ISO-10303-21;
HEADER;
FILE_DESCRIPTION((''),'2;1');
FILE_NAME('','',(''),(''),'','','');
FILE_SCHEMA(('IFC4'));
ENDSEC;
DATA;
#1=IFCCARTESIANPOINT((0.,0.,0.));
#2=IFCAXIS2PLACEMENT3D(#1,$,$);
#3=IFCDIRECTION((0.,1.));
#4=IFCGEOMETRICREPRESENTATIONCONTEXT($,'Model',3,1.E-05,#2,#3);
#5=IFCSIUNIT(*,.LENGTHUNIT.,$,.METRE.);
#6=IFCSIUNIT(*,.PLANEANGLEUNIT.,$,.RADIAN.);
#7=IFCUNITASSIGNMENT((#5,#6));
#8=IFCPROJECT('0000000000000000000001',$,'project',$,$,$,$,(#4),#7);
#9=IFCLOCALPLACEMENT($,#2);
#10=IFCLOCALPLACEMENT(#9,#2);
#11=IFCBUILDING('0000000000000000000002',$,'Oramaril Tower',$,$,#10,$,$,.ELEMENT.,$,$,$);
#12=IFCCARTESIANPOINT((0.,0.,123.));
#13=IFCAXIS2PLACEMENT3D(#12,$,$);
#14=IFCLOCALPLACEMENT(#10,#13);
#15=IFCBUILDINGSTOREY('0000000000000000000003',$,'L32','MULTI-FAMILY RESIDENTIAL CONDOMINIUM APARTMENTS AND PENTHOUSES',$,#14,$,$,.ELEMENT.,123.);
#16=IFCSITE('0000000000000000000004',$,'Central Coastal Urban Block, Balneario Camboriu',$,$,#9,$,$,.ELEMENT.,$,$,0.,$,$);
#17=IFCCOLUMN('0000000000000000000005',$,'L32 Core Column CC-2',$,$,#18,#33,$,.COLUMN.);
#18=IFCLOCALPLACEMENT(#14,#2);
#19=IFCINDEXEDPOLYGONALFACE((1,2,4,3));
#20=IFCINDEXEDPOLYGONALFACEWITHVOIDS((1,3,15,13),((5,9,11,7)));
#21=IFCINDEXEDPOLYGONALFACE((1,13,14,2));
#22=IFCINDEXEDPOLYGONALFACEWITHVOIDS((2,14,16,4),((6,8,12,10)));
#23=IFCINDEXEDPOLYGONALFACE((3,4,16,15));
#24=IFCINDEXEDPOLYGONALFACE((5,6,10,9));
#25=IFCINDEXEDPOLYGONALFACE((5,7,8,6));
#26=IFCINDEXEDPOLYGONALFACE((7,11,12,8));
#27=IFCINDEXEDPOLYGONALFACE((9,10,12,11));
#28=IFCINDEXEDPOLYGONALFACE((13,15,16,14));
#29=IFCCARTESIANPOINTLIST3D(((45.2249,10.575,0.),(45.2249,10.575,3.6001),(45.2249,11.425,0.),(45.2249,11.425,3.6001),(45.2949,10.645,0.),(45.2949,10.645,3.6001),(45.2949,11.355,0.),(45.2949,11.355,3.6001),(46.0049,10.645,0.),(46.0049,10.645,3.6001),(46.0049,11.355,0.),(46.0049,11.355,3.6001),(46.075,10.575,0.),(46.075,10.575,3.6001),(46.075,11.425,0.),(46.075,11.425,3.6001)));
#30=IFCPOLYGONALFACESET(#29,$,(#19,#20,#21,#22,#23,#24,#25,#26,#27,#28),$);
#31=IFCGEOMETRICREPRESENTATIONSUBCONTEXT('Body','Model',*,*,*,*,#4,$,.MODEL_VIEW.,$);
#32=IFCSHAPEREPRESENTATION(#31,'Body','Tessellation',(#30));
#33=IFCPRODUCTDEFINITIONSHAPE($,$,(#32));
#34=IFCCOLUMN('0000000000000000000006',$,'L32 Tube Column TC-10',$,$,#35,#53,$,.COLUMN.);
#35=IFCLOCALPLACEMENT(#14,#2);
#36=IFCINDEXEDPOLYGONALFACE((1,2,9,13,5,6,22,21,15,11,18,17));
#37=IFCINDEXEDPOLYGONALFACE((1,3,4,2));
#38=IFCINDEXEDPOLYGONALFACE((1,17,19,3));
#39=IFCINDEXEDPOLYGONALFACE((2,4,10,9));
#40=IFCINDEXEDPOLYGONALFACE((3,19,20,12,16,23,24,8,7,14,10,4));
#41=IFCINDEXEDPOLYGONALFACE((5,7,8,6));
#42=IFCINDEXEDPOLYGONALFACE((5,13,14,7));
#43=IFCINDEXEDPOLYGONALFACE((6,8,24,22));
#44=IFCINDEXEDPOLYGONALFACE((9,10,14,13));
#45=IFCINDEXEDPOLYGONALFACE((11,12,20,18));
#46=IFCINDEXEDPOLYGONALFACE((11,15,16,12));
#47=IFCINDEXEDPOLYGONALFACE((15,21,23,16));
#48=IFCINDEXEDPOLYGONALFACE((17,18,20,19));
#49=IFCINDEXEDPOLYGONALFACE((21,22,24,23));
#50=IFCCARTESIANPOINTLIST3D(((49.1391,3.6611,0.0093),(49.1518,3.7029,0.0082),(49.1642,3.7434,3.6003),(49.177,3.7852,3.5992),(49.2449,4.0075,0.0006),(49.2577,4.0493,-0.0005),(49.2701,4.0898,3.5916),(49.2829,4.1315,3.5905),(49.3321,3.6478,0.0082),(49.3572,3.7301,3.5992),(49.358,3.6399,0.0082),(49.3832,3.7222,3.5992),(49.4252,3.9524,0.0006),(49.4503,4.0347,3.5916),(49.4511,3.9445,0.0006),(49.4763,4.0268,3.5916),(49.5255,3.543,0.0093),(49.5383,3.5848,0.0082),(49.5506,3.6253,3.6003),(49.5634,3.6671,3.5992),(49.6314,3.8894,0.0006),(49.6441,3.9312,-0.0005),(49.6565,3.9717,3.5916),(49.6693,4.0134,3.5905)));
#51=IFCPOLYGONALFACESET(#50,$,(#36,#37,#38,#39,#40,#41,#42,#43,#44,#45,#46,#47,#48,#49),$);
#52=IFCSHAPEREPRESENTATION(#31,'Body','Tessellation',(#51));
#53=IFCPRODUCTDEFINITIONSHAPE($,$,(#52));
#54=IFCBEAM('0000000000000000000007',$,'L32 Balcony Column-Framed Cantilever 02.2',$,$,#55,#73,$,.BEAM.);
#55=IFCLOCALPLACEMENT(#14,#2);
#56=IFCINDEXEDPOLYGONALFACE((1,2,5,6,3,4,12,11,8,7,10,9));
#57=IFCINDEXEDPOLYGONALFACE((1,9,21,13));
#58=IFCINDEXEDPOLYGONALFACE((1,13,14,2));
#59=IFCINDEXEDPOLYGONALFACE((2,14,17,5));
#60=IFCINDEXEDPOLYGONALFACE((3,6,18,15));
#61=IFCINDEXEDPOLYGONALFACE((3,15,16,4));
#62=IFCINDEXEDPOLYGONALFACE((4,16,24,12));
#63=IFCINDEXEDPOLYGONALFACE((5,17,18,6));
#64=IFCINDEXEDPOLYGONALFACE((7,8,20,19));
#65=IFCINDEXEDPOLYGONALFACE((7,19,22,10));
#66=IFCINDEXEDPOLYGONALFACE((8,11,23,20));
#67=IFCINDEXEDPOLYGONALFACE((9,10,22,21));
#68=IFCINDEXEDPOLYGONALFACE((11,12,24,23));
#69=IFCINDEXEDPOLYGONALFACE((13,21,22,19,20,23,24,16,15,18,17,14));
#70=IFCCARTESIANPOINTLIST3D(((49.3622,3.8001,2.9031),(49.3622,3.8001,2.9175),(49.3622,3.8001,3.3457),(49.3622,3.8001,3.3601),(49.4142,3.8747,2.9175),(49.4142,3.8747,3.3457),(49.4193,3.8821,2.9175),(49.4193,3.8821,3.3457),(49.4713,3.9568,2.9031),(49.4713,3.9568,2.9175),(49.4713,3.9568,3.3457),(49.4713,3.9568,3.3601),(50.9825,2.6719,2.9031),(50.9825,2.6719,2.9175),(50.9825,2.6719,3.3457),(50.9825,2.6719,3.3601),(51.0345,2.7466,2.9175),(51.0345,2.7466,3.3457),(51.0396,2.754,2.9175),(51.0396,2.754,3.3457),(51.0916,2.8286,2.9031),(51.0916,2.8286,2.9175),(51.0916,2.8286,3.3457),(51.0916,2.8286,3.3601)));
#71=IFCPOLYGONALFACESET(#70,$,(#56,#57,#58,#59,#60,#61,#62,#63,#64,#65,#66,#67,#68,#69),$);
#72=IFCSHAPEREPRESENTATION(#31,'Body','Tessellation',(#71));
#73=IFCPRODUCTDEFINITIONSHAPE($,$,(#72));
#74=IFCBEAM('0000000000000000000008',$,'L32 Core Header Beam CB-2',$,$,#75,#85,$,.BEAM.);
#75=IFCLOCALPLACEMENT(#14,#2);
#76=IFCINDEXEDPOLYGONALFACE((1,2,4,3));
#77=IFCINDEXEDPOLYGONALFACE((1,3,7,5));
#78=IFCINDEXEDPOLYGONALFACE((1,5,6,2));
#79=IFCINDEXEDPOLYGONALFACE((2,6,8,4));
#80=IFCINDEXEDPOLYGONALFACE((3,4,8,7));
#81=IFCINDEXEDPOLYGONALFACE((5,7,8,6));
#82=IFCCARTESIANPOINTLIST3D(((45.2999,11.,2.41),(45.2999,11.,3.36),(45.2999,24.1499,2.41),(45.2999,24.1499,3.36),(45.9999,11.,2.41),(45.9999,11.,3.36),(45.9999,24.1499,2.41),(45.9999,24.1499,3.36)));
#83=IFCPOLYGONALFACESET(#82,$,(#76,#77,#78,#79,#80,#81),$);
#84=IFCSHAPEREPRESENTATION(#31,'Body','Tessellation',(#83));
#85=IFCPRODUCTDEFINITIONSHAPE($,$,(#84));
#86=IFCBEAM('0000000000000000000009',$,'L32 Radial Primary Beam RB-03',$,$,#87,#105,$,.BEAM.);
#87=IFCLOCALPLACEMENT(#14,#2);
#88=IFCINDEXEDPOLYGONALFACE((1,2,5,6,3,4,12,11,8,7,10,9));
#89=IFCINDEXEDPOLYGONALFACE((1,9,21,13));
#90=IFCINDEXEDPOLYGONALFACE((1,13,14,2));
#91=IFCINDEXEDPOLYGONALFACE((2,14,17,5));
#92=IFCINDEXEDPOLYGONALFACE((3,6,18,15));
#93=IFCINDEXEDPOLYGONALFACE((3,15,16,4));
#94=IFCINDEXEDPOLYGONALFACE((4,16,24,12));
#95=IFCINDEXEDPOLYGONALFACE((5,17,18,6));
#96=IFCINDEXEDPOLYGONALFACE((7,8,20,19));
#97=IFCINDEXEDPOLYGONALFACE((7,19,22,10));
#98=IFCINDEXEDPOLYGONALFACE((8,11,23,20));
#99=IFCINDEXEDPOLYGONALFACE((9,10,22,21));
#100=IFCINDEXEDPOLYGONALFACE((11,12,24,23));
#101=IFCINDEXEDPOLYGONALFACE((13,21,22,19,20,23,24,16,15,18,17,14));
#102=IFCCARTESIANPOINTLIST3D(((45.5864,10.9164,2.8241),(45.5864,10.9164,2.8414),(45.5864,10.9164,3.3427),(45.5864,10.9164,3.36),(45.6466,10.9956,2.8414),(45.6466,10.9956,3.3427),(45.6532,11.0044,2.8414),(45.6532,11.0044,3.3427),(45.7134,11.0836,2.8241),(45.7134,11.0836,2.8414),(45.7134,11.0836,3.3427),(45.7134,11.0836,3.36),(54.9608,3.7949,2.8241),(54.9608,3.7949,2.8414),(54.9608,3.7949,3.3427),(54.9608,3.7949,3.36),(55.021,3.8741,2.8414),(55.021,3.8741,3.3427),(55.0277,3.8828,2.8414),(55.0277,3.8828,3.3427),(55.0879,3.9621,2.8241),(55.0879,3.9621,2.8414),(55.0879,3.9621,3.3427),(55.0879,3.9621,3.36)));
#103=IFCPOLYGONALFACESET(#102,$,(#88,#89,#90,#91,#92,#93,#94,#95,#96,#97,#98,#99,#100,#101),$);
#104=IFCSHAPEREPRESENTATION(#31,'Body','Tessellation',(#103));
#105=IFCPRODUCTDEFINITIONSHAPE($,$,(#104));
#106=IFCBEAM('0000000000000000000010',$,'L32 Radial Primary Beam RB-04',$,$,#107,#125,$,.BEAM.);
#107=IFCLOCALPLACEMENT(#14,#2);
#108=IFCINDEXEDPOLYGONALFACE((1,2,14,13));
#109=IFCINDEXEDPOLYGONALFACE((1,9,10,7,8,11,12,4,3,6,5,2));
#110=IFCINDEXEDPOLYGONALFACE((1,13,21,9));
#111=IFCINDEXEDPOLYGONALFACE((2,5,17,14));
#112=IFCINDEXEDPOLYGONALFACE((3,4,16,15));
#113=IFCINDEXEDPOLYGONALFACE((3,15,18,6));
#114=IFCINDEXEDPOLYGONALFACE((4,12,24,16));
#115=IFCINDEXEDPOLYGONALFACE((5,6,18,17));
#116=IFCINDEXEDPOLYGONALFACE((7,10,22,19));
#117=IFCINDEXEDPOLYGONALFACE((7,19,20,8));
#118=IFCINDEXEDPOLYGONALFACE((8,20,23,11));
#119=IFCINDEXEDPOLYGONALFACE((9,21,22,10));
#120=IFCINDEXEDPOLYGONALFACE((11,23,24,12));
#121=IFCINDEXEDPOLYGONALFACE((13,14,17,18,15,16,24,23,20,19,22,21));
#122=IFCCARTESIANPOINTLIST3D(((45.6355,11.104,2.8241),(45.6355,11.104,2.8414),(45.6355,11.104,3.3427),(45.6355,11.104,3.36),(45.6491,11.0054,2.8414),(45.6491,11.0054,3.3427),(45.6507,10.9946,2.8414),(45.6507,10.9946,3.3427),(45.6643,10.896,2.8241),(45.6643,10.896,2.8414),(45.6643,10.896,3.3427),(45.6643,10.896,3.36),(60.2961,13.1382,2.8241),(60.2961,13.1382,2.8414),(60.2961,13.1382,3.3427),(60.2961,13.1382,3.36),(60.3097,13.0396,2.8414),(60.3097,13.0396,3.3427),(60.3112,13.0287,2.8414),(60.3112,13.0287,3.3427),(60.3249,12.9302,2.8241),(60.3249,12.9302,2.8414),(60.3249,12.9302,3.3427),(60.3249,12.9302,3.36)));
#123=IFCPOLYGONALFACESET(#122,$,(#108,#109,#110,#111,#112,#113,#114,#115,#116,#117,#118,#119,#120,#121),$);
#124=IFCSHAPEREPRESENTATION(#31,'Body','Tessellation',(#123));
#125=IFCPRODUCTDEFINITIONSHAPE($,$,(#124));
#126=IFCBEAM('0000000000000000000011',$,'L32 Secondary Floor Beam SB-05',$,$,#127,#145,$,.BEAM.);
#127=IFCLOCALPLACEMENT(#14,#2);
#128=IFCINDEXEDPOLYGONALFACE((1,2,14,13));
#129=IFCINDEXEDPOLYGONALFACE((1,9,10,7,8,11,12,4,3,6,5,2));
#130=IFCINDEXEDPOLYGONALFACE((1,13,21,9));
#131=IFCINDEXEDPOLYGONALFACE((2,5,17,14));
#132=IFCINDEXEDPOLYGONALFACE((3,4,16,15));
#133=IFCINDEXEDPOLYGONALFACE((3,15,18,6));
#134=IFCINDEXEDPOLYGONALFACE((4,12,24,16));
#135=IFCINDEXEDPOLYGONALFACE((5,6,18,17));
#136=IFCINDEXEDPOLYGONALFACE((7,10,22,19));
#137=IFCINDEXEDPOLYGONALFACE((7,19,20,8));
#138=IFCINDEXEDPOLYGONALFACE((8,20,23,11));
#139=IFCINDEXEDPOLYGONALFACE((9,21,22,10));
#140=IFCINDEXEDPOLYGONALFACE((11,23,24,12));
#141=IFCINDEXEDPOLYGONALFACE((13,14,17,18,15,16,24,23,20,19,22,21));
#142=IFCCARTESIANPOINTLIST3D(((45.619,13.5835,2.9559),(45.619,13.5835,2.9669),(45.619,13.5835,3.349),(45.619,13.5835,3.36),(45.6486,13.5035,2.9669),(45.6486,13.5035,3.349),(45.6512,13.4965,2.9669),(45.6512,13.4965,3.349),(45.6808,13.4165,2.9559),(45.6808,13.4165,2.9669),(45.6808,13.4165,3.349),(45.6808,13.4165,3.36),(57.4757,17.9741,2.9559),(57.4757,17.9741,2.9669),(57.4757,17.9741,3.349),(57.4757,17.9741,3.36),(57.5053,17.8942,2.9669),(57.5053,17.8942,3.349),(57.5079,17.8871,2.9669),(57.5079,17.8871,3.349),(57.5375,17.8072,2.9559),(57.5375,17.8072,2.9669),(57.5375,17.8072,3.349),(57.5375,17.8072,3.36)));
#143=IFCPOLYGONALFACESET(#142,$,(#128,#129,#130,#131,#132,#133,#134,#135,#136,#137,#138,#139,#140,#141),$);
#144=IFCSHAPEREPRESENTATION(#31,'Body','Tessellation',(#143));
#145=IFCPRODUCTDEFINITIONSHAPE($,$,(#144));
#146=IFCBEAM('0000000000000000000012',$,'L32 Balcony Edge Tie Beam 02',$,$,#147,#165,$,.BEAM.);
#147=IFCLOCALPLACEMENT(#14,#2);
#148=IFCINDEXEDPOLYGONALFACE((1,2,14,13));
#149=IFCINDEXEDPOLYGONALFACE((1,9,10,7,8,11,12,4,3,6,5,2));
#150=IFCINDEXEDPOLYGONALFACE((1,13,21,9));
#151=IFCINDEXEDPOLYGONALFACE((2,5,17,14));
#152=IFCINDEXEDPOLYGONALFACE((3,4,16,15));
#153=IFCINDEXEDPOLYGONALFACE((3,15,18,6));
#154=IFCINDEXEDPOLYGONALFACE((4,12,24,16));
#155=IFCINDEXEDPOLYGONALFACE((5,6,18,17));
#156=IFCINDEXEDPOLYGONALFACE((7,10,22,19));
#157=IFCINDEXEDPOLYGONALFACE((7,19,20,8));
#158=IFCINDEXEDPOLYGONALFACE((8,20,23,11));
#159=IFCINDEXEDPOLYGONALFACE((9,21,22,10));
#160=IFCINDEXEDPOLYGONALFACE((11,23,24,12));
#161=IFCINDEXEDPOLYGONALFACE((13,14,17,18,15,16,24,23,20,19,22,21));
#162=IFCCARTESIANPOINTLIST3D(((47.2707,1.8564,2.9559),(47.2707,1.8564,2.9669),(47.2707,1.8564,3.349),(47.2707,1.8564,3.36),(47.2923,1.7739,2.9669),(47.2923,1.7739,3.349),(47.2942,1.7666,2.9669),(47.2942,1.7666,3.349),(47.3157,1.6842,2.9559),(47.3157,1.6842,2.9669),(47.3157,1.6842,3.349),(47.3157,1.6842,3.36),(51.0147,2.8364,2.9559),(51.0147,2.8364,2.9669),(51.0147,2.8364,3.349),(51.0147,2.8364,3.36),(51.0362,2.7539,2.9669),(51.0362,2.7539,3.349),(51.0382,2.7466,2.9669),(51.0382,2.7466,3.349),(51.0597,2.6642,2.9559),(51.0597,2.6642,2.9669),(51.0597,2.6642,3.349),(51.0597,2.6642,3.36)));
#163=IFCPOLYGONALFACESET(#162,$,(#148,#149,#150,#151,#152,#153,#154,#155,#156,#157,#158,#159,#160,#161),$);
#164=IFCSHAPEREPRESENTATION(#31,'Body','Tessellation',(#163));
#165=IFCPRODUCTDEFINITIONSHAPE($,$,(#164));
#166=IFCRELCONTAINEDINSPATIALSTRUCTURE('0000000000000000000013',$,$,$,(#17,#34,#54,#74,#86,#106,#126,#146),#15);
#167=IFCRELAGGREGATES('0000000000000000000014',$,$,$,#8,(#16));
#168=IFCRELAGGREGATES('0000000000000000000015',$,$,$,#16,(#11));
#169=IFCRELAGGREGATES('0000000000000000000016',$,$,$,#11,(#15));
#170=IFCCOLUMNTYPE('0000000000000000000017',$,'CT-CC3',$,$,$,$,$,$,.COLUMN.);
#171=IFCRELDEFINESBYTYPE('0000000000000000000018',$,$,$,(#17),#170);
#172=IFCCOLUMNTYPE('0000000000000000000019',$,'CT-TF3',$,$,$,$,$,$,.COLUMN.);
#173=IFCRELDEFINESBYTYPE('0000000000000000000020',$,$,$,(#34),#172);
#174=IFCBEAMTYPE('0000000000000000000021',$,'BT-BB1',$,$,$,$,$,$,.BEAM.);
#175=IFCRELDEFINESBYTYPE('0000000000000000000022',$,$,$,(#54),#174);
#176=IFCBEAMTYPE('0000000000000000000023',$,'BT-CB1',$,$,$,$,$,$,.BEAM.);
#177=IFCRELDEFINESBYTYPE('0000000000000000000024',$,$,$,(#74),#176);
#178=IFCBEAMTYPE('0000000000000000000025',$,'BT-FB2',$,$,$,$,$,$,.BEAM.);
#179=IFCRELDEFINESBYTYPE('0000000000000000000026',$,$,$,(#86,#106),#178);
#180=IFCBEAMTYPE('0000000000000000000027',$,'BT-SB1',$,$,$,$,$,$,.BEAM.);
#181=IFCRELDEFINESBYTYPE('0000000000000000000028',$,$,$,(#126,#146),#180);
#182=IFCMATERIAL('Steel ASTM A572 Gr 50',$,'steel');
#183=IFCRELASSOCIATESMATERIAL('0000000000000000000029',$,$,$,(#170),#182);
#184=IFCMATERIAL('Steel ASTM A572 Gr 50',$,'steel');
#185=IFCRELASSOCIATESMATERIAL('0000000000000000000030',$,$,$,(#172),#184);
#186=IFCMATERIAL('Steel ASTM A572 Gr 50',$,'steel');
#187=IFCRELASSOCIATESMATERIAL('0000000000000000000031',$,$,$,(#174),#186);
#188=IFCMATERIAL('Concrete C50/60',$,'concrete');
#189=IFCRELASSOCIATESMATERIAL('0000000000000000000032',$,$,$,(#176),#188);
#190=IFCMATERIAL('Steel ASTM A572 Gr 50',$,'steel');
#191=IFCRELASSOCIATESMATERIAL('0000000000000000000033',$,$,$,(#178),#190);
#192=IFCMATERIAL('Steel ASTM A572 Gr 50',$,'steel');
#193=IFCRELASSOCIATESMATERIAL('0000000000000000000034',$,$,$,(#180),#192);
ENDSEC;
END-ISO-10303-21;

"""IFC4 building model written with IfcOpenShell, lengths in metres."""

from ifc_helpers import new_model, si_unit, direction, frame, origin, origin_2d, place, context, subcontext, project, spatial, rectangle, hollow_rectangle, i_section, extrude, material, material_profile, profile_set, type_object, element, save


model = new_model("IFC4")

# Units and contexts
model_context = context("Model", 3, precision=1e-05, world=origin(), true_north=direction((0.0, 1.0)))
body_context = subcontext(model_context, "Body", "Model", "MODEL_VIEW")
ifc_project = project(units=[si_unit("LENGTHUNIT", "METRE"), si_unit("PLANEANGLEUNIT", "RADIAN")], contexts=[model_context])

# Site, building, storey
site_placement = place(None, origin())
site = spatial("IfcSite", under=ifc_project, at=site_placement, Name="Central Coastal Urban Block, Balneario Camboriu", CompositionType="ELEMENT", RefElevation=0.0)
building_placement = place(site_placement, origin())
building = spatial("IfcBuilding", under=site, at=building_placement, Name="Oramaril Tower", CompositionType="ELEMENT")
storey_placement = place(building_placement, frame((0.0, 0.0, 123.0)))
storey = spatial("IfcBuildingStorey", under=building, at=storey_placement, Name="L32", Description="MULTI-FAMILY RESIDENTIAL CONDOMINIUM APARTMENTS AND PENTHOUSES", CompositionType="ELEMENT", Elevation=123.0)

# Columns
ifc_material_1 = material(Name="Steel ASTM A572 Gr 50", Category="steel")
ifc_material_profile_1 = material_profile(ifc_material_1, hollow_rectangle(XDim=0.8501, YDim=0.8501, WallThickness=0.0701, at=origin_2d()), Name="BOX850X850X70")
ifc_profile_set_1 = profile_set([ifc_material_profile_1], Name="Steel ASTM A572 Gr 50")
column_type_1 = type_object("IfcColumnType", Name="CT-CC3", PredefinedType="COLUMN", material=ifc_profile_set_1)
column_1_placement = place(storey_placement, frame((45.6499, 11.0, 0.0), z_axis=(0.0, 0.0, 1.0), x_axis=(1.0, 0.0, 0.0)))
element("IfcColumn", 1, at=column_1_placement, inside=storey, type_object=column_type_1, Name="L32 Core Column CC-2", PredefinedType="COLUMN", context=body_context, shape_type="SweptSolid", body=[
    extrude(hollow_rectangle(XDim=0.8501, YDim=0.8501, WallThickness=0.0701, at=origin_2d()), origin(), (0.0, 0.0, 1.0), 3.6001),
])
ifc_material_2 = material(Name="Steel ASTM A572 Gr 50", Category="steel")
ifc_material_profile_2 = material_profile(ifc_material_2, i_section(OverallWidth=0.4041, OverallDepth=0.406, WebThickness=0.0271, FlangeThickness=0.0437, at=origin_2d()), Name="W14X233")
ifc_profile_set_2 = profile_set([ifc_material_profile_2], Name="Steel ASTM A572 Gr 50")
column_type_2 = type_object("IfcColumnType", Name="CT-TF3", PredefinedType="COLUMN", material=ifc_profile_set_2)
column_2_placement = place(storey_placement, frame((49.3916, 3.7961, 0.0044), z_axis=(0.007001, 0.022905, 0.999713), x_axis=(-0.95633, 0.292291, 0.0)))
element("IfcColumn", 2, at=column_2_placement, inside=storey, type_object=column_type_2, Name="L32 Tube Column TC-10", PredefinedType="COLUMN", context=body_context, shape_type="SweptSolid", body=[
    extrude(i_section(OverallWidth=0.4041, OverallDepth=0.406, WebThickness=0.0271, FlangeThickness=0.0437, at=origin_2d()), origin(), (0.0, 0.0, 1.0), 3.592),
])

# Beams
ifc_material_3 = material(Name="Steel ASTM A572 Gr 50", Category="steel")
ifc_material_profile_3 = material_profile(ifc_material_3, i_section(OverallWidth=0.1909, OverallDepth=0.457, WebThickness=0.009, FlangeThickness=0.0144, at=origin_2d()), Name="W18X50")
ifc_profile_set_3 = profile_set([ifc_material_profile_3], Name="Steel ASTM A572 Gr 50")
beam_type_1 = type_object("IfcBeamType", Name="BT-BB1", PredefinedType="BEAM", material=ifc_profile_set_3)
beam_1_placement = place(storey_placement, frame((49.4167, 3.8784, 3.1316), z_axis=(0.820676, -0.571394, 0.0), x_axis=(0.571394, 0.820676, 0.0)))
element("IfcBeam", 3, at=beam_1_placement, inside=storey, type_object=beam_type_1, Name="L32 Balcony Column-Framed Cantilever 02.2", PredefinedType="BEAM", context=body_context, shape_type="SweptSolid", body=[
    extrude(i_section(OverallWidth=0.1909, OverallDepth=0.457, WebThickness=0.009, FlangeThickness=0.0144, at=origin_2d()), origin(), (0.0, 0.0, 1.0), 1.9744),
])
ifc_material_4 = material(Name="Concrete C50/60", Category="concrete")
ifc_material_profile_4 = material_profile(ifc_material_4, rectangle(XDim=0.7, YDim=0.95, at=origin_2d()), Name="CB700X950")
ifc_profile_set_4 = profile_set([ifc_material_profile_4], Name="Concrete C50/60")
beam_type_2 = type_object("IfcBeamType", Name="BT-CB1", PredefinedType="BEAM", material=ifc_profile_set_4)
beam_2_placement = place(storey_placement, frame((45.6499, 11.0, 2.885), z_axis=(0.0, 1.0, 0.0), x_axis=(-1.0, 0.0, 0.0)))
element("IfcBeam", 4, at=beam_2_placement, inside=storey, type_object=beam_type_2, Name="L32 Core Header Beam CB-2", PredefinedType="BEAM", context=body_context, shape_type="SweptSolid", body=[
    extrude(rectangle(XDim=0.7, YDim=0.95, at=origin_2d()), origin(), (0.0, 0.0, 1.0), 13.1499),
])
ifc_material_5 = material(Name="Steel ASTM A572 Gr 50", Category="steel")
ifc_material_profile_5 = material_profile(ifc_material_5, i_section(OverallWidth=0.21, OverallDepth=0.5359, WebThickness=0.011, FlangeThickness=0.0173, at=origin_2d()), Name="W21X68")
ifc_profile_set_5 = profile_set([ifc_material_profile_5], Name="Steel ASTM A572 Gr 50")
beam_type_3 = type_object("IfcBeamType", Name="BT-FB2", PredefinedType="BEAM", material=ifc_profile_set_5)
beam_3_placement = place(storey_placement, frame((45.6499, 11.0, 3.092), z_axis=(0.796287, -0.604919, 0.0), x_axis=(0.604919, 0.796287, 0.0)))
element("IfcBeam", 5, at=beam_3_placement, inside=storey, type_object=beam_type_3, Name="L32 Radial Primary Beam RB-03", PredefinedType="BEAM", context=body_context, shape_type="SweptSolid", body=[
    extrude(i_section(OverallWidth=0.21, OverallDepth=0.5359, WebThickness=0.011, FlangeThickness=0.0173, at=origin_2d()), origin(), (0.0, 0.0, 1.0), 11.7727),
])
beam_4_placement = place(storey_placement, frame((45.6499, 11.0, 3.092), z_axis=(0.990511, 0.137434, 0.0), x_axis=(-0.137434, 0.990511, 0.0)))
element("IfcBeam", 6, at=beam_4_placement, inside=storey, type_object=beam_type_3, Name="L32 Radial Primary Beam RB-04", PredefinedType="BEAM", context=body_context, shape_type="SweptSolid", body=[
    extrude(i_section(OverallWidth=0.21, OverallDepth=0.5359, WebThickness=0.011, FlangeThickness=0.0173, at=origin_2d()), origin(), (0.0, 0.0, 1.0), 14.801),
])
ifc_material_6 = material(Name="Steel ASTM A572 Gr 50", Category="steel")
ifc_material_profile_6 = material_profile(ifc_material_6, i_section(OverallWidth=0.178, OverallDepth=0.4041, WebThickness=0.0076, FlangeThickness=0.011, at=origin_2d()), Name="W16X36")
ifc_profile_set_6 = profile_set([ifc_material_profile_6], Name="Steel ASTM A572 Gr 50")
beam_type_4 = type_object("IfcBeamType", Name="BT-SB1", PredefinedType="BEAM", material=ifc_profile_set_6)
beam_5_placement = place(storey_placement, frame((45.6499, 13.5, 3.158), z_axis=(0.937768, 0.347263, 0.0), x_axis=(-0.347263, 0.937768, 0.0)))
element("IfcBeam", 7, at=beam_5_placement, inside=storey, type_object=beam_type_4, Name="L32 Secondary Floor Beam SB-05", PredefinedType="BEAM", context=body_context, shape_type="SweptSolid", body=[
    extrude(i_section(OverallWidth=0.178, OverallDepth=0.4041, WebThickness=0.0076, FlangeThickness=0.011, at=origin_2d()), origin(), (0.0, 0.0, 1.0), 12.6436),
])
beam_6_placement = place(storey_placement, frame((47.2932, 1.7703, 3.158), z_axis=(0.967408, 0.253223, 0.0), x_axis=(-0.253223, 0.967408, 0.0)))
element("IfcBeam", 8, at=beam_6_placement, inside=storey, type_object=beam_type_4, Name="L32 Balcony Edge Tie Beam 02", PredefinedType="BEAM", context=body_context, shape_type="SweptSolid", body=[
    extrude(i_section(OverallWidth=0.178, OverallDepth=0.4041, WebThickness=0.0076, FlangeThickness=0.011, at=origin_2d()), origin(), (0.0, 0.0, 1.0), 3.8701),
])

save(model, "model.ifc")
